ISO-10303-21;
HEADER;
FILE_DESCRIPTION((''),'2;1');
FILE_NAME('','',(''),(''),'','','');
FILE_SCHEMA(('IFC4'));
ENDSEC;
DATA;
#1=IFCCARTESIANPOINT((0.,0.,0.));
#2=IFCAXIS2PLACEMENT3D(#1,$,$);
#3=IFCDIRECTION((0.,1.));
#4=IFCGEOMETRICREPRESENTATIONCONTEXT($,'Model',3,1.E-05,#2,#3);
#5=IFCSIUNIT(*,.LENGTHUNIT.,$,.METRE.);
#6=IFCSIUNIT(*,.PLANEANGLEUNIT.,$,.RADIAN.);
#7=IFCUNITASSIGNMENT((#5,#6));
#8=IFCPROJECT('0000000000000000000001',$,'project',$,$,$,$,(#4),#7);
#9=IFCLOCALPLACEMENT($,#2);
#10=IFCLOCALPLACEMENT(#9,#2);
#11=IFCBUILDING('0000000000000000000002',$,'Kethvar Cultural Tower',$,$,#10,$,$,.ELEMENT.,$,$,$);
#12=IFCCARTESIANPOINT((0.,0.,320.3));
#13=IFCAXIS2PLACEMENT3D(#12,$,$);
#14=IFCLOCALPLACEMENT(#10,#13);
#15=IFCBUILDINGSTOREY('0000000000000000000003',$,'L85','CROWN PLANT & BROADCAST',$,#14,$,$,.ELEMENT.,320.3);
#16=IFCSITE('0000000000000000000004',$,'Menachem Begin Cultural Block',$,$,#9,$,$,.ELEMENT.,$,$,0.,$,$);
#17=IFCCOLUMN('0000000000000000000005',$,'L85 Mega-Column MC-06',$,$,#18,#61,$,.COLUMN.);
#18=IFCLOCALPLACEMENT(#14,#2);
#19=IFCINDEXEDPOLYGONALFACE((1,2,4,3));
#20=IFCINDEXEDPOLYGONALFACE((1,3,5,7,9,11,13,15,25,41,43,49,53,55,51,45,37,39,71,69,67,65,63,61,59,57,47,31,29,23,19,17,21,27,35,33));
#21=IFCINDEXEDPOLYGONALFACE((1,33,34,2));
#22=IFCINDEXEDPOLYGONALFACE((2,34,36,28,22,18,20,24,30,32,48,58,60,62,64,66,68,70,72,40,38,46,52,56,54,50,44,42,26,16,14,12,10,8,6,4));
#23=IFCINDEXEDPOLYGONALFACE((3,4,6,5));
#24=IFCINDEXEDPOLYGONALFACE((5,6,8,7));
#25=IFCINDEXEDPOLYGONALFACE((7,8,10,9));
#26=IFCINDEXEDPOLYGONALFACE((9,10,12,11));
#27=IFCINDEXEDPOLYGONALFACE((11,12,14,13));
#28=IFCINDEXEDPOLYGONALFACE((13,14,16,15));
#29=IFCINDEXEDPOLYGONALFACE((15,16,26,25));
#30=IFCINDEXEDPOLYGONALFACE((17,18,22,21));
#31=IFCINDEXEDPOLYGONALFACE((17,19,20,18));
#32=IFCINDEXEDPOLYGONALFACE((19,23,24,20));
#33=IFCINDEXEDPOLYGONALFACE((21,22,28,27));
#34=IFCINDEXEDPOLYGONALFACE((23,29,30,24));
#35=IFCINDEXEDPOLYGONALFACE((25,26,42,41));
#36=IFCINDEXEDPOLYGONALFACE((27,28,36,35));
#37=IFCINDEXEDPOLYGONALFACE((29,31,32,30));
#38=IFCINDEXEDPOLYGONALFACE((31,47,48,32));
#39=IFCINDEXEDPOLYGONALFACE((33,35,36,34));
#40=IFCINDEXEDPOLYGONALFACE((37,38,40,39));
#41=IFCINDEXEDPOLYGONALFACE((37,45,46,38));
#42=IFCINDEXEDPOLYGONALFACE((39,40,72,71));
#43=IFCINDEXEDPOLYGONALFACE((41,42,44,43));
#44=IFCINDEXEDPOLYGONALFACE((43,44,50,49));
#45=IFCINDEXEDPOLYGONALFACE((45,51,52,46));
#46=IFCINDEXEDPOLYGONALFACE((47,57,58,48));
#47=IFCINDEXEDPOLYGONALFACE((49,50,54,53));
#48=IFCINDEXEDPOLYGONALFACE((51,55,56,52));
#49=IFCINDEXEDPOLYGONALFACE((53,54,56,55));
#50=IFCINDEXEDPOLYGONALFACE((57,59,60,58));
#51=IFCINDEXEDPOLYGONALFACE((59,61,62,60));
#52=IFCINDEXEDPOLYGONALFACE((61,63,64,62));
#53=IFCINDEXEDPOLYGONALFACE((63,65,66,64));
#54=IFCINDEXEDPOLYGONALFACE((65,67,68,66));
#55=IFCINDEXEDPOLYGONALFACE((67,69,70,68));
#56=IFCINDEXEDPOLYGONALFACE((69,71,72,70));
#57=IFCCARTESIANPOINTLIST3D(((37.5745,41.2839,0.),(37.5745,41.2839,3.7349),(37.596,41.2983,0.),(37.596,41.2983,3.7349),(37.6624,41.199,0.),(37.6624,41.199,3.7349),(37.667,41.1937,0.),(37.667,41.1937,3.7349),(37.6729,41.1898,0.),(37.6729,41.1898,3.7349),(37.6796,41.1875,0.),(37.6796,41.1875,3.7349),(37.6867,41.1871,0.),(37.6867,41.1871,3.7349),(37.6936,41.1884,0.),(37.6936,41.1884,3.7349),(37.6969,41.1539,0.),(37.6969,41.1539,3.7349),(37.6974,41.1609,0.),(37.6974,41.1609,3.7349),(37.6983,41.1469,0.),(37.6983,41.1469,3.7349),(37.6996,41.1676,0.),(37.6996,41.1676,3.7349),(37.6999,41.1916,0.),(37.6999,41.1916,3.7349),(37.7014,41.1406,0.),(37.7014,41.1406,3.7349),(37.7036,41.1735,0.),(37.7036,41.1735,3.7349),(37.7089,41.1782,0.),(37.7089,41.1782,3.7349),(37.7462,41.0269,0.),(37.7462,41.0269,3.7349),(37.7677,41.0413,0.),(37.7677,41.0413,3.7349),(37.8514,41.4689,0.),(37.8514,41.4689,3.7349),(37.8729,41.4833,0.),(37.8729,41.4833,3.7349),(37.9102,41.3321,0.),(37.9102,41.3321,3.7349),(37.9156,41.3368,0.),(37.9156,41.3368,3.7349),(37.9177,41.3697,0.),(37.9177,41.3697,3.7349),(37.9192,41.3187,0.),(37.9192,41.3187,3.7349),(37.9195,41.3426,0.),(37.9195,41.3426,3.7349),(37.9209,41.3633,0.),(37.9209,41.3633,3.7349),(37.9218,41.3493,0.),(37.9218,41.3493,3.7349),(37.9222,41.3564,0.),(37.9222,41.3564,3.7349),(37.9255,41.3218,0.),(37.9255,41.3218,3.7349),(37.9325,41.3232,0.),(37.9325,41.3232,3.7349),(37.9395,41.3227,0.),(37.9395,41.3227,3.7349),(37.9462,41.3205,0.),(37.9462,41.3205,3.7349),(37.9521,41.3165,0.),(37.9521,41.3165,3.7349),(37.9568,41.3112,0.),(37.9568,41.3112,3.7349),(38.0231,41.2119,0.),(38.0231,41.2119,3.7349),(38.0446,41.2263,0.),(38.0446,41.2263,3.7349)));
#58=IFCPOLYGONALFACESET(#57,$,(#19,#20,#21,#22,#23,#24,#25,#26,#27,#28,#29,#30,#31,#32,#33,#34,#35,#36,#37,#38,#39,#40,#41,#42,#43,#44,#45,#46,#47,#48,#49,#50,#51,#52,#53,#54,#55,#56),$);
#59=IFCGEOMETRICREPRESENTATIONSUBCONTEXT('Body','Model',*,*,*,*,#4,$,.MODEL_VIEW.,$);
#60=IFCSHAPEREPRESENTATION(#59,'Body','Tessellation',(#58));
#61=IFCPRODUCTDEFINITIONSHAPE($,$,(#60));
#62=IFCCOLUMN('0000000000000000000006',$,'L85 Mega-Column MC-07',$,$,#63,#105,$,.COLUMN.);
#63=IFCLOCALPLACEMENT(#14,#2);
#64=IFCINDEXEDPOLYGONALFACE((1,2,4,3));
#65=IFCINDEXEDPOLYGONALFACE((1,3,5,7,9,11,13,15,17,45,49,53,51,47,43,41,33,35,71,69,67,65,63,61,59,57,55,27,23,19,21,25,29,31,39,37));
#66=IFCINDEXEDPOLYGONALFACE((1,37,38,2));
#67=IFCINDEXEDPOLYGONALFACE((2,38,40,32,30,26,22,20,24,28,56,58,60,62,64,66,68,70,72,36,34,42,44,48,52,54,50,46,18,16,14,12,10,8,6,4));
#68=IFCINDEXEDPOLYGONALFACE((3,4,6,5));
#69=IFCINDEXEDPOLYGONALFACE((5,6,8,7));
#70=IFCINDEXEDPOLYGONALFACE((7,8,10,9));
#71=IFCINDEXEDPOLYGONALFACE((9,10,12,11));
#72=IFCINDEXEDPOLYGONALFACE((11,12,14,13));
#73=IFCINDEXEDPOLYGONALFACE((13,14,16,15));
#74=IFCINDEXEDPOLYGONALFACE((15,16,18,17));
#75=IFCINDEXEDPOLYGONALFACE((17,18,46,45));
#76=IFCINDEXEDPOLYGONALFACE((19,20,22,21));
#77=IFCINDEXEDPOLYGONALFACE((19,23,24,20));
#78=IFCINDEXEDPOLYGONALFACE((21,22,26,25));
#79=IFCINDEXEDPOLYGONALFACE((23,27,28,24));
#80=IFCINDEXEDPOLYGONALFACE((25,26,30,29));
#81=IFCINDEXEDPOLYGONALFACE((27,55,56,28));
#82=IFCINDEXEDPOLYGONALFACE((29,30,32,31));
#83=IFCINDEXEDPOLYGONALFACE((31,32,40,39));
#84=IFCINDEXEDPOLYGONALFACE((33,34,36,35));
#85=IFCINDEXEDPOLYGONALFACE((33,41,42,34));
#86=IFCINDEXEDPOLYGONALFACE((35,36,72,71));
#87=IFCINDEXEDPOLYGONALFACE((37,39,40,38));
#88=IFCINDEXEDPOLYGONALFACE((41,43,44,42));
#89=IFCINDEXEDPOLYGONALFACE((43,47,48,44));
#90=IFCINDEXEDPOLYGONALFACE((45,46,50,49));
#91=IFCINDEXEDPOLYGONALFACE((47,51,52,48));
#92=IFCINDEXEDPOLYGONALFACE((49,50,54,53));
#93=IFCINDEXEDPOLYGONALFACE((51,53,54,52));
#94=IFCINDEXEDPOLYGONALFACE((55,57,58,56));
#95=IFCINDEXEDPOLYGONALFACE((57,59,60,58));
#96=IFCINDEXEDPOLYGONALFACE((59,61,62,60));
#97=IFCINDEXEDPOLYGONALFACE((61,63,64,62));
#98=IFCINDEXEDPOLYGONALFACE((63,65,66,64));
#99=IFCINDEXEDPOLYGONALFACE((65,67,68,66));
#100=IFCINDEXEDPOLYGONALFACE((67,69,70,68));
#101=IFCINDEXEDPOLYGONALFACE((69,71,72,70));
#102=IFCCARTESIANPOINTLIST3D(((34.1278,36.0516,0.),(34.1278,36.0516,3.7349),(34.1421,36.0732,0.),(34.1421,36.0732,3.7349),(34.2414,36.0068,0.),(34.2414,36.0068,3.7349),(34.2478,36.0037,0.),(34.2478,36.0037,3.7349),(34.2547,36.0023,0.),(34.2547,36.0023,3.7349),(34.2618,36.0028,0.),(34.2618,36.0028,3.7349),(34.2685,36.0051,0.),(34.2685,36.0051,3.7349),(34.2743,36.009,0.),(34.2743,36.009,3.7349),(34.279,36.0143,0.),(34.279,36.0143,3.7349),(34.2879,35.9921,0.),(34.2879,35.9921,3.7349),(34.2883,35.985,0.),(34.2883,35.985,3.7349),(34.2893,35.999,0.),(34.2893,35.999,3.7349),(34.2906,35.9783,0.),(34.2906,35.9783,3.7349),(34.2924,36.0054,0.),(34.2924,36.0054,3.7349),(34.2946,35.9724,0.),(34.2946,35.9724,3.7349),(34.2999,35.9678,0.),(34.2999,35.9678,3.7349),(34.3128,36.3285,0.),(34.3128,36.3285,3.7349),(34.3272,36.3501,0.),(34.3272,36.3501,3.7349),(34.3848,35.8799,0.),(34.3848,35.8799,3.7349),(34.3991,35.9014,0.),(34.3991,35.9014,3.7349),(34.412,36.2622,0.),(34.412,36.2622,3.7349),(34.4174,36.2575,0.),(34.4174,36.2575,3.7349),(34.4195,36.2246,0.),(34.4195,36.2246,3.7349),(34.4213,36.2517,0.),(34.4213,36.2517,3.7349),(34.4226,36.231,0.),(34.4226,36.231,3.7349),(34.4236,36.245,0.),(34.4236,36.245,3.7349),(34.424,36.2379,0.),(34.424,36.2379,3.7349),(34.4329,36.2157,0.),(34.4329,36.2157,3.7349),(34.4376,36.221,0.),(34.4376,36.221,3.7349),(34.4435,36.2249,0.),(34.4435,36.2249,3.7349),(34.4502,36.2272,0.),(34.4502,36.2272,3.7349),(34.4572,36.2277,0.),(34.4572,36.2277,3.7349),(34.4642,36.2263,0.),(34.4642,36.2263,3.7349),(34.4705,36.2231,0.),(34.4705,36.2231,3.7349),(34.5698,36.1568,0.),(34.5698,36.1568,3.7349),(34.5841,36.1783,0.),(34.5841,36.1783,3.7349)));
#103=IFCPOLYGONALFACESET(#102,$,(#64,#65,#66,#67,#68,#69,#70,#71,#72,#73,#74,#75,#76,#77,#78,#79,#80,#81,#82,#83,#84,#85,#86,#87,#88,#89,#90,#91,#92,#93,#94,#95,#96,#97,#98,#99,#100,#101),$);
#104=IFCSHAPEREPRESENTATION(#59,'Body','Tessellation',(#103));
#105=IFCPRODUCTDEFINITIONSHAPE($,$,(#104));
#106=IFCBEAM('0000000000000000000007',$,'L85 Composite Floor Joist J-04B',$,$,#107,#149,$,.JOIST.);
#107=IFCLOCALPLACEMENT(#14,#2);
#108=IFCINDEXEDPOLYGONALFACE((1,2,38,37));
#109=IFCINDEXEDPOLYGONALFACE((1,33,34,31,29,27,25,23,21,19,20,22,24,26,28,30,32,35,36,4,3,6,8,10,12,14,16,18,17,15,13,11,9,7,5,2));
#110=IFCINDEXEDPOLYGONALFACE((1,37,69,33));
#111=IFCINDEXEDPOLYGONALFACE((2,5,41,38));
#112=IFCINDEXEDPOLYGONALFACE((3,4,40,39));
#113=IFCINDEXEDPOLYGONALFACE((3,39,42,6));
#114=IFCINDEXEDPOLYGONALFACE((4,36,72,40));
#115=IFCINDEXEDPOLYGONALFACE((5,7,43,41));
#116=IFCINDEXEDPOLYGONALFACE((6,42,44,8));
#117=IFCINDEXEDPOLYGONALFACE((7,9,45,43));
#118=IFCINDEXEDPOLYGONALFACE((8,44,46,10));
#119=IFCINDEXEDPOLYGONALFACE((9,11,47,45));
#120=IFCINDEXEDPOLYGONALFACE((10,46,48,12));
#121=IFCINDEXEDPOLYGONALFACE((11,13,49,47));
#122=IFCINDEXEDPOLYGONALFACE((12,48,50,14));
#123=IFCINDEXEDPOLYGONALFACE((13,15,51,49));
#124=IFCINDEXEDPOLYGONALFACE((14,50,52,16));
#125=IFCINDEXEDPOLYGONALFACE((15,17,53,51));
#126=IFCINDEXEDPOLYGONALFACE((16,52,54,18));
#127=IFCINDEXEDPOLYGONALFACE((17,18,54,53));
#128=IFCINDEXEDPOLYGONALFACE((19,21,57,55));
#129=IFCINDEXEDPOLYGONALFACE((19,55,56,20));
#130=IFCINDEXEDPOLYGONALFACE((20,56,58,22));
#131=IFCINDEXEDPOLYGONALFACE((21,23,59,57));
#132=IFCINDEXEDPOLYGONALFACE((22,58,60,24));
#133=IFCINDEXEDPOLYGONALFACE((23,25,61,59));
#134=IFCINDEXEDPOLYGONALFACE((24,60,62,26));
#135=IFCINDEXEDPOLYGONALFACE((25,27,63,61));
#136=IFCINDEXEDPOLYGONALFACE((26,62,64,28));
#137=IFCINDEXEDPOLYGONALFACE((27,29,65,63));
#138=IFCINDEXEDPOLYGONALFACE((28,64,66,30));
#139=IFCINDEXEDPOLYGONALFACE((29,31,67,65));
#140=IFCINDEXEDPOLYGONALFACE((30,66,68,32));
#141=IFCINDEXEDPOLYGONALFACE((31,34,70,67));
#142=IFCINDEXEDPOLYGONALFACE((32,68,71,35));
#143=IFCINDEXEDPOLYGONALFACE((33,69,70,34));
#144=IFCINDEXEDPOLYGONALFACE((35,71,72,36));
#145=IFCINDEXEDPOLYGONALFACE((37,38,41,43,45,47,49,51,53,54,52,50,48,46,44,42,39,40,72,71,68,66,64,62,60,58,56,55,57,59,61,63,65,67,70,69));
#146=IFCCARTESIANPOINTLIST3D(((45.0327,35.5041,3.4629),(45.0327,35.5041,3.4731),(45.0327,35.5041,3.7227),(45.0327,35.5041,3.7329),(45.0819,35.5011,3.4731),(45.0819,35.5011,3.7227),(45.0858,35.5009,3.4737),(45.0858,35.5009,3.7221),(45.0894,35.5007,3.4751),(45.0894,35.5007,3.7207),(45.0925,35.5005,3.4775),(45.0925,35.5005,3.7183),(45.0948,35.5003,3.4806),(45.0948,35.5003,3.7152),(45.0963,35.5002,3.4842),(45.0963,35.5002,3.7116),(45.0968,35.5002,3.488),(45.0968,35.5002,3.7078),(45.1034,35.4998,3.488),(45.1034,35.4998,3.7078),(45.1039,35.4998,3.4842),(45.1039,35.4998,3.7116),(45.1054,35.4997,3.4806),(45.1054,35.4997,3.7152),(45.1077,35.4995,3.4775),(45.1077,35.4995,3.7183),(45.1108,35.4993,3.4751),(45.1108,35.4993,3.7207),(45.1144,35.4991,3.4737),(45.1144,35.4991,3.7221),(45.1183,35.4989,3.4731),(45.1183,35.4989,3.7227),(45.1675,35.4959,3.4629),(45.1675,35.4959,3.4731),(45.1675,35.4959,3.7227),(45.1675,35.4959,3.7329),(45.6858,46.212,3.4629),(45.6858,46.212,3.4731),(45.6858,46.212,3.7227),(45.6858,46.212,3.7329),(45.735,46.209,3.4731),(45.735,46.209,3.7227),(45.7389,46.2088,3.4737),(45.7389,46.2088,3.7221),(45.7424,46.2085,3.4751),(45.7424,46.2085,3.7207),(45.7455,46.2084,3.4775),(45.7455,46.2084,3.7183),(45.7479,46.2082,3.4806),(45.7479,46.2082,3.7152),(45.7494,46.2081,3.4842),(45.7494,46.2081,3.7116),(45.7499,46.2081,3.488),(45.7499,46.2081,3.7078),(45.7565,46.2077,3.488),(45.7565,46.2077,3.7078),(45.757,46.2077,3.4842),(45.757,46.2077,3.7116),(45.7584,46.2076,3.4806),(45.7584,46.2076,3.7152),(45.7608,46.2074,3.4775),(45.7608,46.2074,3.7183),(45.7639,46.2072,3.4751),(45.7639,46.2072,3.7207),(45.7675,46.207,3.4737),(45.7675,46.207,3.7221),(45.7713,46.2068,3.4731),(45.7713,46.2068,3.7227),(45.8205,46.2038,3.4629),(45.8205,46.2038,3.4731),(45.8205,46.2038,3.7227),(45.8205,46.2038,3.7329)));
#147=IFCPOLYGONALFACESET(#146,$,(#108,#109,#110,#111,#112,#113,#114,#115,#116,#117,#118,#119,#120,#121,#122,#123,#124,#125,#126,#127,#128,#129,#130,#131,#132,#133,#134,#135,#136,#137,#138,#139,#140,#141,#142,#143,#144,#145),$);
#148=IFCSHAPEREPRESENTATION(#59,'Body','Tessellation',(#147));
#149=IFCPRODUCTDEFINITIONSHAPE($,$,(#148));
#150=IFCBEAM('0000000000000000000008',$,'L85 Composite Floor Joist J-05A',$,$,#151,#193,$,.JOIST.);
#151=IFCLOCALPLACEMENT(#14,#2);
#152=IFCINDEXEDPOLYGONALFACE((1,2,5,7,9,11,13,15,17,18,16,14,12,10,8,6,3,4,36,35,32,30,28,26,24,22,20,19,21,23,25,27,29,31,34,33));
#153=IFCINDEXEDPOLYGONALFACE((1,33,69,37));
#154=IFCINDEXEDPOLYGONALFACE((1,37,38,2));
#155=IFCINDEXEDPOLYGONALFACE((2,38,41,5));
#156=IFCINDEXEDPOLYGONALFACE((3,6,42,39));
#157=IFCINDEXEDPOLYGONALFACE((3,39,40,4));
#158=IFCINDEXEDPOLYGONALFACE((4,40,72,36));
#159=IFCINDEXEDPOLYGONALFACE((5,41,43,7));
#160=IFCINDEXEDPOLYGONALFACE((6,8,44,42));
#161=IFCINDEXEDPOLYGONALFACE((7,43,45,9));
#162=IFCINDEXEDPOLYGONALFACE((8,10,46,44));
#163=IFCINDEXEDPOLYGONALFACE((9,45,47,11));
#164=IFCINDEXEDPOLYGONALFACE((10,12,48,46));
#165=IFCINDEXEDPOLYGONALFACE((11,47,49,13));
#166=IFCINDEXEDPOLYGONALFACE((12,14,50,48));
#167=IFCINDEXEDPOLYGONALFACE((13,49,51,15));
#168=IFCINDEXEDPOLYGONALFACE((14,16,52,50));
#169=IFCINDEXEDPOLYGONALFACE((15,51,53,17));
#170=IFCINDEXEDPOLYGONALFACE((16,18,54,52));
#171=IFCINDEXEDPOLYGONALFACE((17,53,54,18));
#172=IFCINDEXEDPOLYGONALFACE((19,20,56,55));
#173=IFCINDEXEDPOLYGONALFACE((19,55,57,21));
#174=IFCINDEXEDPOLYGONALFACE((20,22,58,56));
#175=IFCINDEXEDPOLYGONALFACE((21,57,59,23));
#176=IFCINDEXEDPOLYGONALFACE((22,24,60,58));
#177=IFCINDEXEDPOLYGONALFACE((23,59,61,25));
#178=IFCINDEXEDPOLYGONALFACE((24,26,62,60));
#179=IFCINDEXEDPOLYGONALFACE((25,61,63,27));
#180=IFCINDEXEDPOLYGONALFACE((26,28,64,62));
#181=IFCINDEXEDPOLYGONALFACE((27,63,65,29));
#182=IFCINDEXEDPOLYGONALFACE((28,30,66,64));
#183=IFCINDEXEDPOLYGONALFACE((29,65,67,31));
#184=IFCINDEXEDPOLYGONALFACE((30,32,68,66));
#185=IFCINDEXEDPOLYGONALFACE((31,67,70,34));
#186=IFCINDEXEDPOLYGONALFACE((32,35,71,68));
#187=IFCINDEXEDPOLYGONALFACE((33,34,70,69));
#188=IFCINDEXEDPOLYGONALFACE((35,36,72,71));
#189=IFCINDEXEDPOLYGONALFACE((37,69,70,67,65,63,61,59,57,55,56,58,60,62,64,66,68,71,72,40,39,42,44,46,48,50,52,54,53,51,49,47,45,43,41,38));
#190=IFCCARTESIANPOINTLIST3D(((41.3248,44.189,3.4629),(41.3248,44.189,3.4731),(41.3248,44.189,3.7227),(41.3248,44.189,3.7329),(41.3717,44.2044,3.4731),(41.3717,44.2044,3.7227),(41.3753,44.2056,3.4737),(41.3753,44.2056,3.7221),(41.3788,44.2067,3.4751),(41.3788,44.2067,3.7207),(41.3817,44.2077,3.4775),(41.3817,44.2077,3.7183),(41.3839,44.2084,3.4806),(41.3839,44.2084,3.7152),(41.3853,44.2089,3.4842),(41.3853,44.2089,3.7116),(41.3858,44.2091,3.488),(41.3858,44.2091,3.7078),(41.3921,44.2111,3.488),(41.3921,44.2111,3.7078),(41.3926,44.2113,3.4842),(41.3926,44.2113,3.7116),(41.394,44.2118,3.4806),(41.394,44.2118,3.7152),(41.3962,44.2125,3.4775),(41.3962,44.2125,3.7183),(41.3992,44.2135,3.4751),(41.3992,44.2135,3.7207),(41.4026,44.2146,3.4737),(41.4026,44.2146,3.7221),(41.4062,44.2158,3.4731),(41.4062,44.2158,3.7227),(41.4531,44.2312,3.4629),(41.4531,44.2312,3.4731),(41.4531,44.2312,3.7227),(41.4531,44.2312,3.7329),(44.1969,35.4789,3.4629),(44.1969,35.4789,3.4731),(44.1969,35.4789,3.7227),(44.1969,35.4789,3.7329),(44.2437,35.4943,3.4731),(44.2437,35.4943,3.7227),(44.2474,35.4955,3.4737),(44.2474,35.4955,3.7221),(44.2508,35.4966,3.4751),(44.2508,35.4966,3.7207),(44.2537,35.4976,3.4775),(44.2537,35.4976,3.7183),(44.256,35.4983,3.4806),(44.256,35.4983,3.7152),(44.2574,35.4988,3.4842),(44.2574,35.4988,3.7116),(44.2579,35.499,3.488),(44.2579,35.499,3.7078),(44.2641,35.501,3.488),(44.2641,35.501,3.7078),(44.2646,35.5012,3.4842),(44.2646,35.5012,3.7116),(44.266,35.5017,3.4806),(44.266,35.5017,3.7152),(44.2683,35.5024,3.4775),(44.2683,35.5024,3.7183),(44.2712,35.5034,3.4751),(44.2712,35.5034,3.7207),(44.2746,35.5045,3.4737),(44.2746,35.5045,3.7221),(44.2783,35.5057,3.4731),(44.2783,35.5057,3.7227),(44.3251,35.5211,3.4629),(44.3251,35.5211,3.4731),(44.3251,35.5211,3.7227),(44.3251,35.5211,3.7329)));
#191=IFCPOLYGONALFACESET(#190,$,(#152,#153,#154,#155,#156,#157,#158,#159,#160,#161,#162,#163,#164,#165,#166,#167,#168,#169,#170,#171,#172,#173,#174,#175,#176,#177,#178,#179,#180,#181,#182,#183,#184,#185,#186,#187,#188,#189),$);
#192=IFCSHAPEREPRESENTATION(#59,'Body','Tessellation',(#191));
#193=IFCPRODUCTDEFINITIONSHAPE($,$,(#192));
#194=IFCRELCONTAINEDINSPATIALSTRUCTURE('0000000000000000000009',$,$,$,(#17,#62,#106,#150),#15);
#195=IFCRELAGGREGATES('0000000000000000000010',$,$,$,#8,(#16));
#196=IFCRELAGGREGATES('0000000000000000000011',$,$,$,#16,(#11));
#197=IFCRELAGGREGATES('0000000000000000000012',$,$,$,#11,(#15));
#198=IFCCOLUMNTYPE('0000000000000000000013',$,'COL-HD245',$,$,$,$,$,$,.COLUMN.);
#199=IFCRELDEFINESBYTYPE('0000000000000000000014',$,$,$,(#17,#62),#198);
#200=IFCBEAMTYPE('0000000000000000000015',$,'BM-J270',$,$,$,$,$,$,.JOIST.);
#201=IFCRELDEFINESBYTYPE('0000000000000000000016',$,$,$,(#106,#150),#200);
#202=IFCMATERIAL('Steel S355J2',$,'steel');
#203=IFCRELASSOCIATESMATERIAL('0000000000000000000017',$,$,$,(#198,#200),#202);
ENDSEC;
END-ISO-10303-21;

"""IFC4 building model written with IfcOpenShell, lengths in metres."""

from ifc_helpers import new_model, si_unit, direction, frame, origin, origin_2d, place, context, subcontext, project, spatial, i_section, extrude, source, transform, mapped, material, material_profile, profile_set, type_object, element, save


model = new_model("IFC4")

# Units and contexts
model_context = context("Model", 3, precision=1e-05, world=origin(), true_north=direction((0.0, 1.0)))
body_context = subcontext(model_context, "Body", "Model", "MODEL_VIEW")
ifc_project = project(units=[si_unit("LENGTHUNIT", "METRE"), si_unit("PLANEANGLEUNIT", "RADIAN")], contexts=[model_context])

# Site, building, storey
site_placement = place(None, origin())
site = spatial("IfcSite", under=ifc_project, at=site_placement, Name="Menachem Begin Cultural Block", CompositionType="ELEMENT", RefElevation=0.0)
building_placement = place(site_placement, origin())
building = spatial("IfcBuilding", under=site, at=building_placement, Name="Kethvar Cultural Tower", CompositionType="ELEMENT")
storey_placement = place(building_placement, frame((0.0, 0.0, 320.3)))
storey = spatial("IfcBuildingStorey", under=building, at=storey_placement, Name="L85", Description="CROWN PLANT & BROADCAST", CompositionType="ELEMENT", Elevation=320.3)

# Columns
ifc_material_1 = material(Name="Steel S355J2", Category="steel")
ifc_material_profile_1 = material_profile(ifc_material_1, i_section(OverallWidth=0.3091, OverallDepth=0.3589, WebThickness=0.0161, FlangeThickness=0.0259, FilletRadius=0.0271, at=origin_2d()), Name="Steel S355J2 — HD320x245")
ifc_profile_set_1 = profile_set([ifc_material_profile_1], Name="Steel S355J2 — HD320x245")
column_type = type_object("IfcColumnType", Name="COL-HD245", PredefinedType="COLUMN", material=ifc_profile_set_1)
shared_shape_1 = source(origin(), body_context, "Body", "SweptSolid", [
    extrude(i_section(OverallWidth=0.3091, OverallDepth=0.3589, WebThickness=0.0161, FlangeThickness=0.0259, FilletRadius=0.0271, at=origin_2d()), origin(), (0.0, 0.0, 1.0), 3.7349),
])
for number, where, z_axis, x_axis, name in (
    (1, (37.8096, 41.2551, 0.0), (0.0, 0.0, 1.0), (-0.55557, 0.83147, 0.0), "L85 Mega-Column MC-06"),
    (2, (34.356, 36.115, 0.0), (0.0, 0.0, 1.0), (-0.83147, 0.55557, 0.0), "L85 Mega-Column MC-07"),
):
    element("IfcColumn", number, at=place(storey_placement, frame(where, z_axis=z_axis, x_axis=x_axis)), inside=storey, type_object=column_type, Name=name, PredefinedType="COLUMN", context=body_context, shape_type="MappedRepresentation", body=[
        mapped(shared_shape_1, transform((0.0, 0.0, 0.0), scale=1.0)),
    ])

# Beams
ifc_material_profile_2 = material_profile(ifc_material_1, i_section(OverallWidth=0.135, OverallDepth=0.27, WebThickness=0.0066, FlangeThickness=0.0103, FilletRadius=0.0149, at=origin_2d()), Name="Steel S355J2 — IPE270")
ifc_profile_set_2 = profile_set([ifc_material_profile_2], Name="Steel S355J2 — IPE270")
beam_type_1 = type_object("IfcBeamType", Name="BM-J270", PredefinedType="JOIST", material=ifc_profile_set_2)
shared_shape_2 = source(origin(), body_context, "Body", "SweptSolid", [
    extrude(i_section(OverallWidth=0.135, OverallDepth=0.27, WebThickness=0.0066, FlangeThickness=0.0103, FilletRadius=0.0149, at=origin_2d()), origin(), (0.0, 0.0, 1.0), 10.7278),
])
beam_1_placement = place(storey_placement, frame((45.1001, 35.5, 3.5979), z_axis=(0.060876, 0.998145, 0.0), x_axis=(-0.998145, 0.060876, 0.0)))
element("IfcBeam", 3, at=beam_1_placement, inside=storey, type_object=beam_type_1, Name="L85 Composite Floor Joist J-04B", PredefinedType="JOIST", context=body_context, shape_type="MappedRepresentation", body=[
    mapped(shared_shape_2, transform((0.0, 0.0, 0.0), scale=1.0)),
])
shared_shape_3 = source(origin(), body_context, "Body", "SweptSolid", [
    extrude(i_section(OverallWidth=0.135, OverallDepth=0.27, WebThickness=0.0066, FlangeThickness=0.0103, FilletRadius=0.0149, at=origin_2d()), origin(), (0.0, 0.0, 1.0), 9.1714),
])
beam_2_placement = place(storey_placement, frame((44.261, 35.5, 3.5979), z_axis=(-0.313152, 0.949703, 0.0), x_axis=(-0.949703, -0.313152, 0.0)))
element("IfcBeam", 4, at=beam_2_placement, inside=storey, type_object=beam_type_1, Name="L85 Composite Floor Joist J-05A", PredefinedType="JOIST", context=body_context, shape_type="MappedRepresentation", body=[
    mapped(shared_shape_3, transform((0.0, 0.0, 0.0), scale=1.0)),
])

save(model, "model.ifc")
